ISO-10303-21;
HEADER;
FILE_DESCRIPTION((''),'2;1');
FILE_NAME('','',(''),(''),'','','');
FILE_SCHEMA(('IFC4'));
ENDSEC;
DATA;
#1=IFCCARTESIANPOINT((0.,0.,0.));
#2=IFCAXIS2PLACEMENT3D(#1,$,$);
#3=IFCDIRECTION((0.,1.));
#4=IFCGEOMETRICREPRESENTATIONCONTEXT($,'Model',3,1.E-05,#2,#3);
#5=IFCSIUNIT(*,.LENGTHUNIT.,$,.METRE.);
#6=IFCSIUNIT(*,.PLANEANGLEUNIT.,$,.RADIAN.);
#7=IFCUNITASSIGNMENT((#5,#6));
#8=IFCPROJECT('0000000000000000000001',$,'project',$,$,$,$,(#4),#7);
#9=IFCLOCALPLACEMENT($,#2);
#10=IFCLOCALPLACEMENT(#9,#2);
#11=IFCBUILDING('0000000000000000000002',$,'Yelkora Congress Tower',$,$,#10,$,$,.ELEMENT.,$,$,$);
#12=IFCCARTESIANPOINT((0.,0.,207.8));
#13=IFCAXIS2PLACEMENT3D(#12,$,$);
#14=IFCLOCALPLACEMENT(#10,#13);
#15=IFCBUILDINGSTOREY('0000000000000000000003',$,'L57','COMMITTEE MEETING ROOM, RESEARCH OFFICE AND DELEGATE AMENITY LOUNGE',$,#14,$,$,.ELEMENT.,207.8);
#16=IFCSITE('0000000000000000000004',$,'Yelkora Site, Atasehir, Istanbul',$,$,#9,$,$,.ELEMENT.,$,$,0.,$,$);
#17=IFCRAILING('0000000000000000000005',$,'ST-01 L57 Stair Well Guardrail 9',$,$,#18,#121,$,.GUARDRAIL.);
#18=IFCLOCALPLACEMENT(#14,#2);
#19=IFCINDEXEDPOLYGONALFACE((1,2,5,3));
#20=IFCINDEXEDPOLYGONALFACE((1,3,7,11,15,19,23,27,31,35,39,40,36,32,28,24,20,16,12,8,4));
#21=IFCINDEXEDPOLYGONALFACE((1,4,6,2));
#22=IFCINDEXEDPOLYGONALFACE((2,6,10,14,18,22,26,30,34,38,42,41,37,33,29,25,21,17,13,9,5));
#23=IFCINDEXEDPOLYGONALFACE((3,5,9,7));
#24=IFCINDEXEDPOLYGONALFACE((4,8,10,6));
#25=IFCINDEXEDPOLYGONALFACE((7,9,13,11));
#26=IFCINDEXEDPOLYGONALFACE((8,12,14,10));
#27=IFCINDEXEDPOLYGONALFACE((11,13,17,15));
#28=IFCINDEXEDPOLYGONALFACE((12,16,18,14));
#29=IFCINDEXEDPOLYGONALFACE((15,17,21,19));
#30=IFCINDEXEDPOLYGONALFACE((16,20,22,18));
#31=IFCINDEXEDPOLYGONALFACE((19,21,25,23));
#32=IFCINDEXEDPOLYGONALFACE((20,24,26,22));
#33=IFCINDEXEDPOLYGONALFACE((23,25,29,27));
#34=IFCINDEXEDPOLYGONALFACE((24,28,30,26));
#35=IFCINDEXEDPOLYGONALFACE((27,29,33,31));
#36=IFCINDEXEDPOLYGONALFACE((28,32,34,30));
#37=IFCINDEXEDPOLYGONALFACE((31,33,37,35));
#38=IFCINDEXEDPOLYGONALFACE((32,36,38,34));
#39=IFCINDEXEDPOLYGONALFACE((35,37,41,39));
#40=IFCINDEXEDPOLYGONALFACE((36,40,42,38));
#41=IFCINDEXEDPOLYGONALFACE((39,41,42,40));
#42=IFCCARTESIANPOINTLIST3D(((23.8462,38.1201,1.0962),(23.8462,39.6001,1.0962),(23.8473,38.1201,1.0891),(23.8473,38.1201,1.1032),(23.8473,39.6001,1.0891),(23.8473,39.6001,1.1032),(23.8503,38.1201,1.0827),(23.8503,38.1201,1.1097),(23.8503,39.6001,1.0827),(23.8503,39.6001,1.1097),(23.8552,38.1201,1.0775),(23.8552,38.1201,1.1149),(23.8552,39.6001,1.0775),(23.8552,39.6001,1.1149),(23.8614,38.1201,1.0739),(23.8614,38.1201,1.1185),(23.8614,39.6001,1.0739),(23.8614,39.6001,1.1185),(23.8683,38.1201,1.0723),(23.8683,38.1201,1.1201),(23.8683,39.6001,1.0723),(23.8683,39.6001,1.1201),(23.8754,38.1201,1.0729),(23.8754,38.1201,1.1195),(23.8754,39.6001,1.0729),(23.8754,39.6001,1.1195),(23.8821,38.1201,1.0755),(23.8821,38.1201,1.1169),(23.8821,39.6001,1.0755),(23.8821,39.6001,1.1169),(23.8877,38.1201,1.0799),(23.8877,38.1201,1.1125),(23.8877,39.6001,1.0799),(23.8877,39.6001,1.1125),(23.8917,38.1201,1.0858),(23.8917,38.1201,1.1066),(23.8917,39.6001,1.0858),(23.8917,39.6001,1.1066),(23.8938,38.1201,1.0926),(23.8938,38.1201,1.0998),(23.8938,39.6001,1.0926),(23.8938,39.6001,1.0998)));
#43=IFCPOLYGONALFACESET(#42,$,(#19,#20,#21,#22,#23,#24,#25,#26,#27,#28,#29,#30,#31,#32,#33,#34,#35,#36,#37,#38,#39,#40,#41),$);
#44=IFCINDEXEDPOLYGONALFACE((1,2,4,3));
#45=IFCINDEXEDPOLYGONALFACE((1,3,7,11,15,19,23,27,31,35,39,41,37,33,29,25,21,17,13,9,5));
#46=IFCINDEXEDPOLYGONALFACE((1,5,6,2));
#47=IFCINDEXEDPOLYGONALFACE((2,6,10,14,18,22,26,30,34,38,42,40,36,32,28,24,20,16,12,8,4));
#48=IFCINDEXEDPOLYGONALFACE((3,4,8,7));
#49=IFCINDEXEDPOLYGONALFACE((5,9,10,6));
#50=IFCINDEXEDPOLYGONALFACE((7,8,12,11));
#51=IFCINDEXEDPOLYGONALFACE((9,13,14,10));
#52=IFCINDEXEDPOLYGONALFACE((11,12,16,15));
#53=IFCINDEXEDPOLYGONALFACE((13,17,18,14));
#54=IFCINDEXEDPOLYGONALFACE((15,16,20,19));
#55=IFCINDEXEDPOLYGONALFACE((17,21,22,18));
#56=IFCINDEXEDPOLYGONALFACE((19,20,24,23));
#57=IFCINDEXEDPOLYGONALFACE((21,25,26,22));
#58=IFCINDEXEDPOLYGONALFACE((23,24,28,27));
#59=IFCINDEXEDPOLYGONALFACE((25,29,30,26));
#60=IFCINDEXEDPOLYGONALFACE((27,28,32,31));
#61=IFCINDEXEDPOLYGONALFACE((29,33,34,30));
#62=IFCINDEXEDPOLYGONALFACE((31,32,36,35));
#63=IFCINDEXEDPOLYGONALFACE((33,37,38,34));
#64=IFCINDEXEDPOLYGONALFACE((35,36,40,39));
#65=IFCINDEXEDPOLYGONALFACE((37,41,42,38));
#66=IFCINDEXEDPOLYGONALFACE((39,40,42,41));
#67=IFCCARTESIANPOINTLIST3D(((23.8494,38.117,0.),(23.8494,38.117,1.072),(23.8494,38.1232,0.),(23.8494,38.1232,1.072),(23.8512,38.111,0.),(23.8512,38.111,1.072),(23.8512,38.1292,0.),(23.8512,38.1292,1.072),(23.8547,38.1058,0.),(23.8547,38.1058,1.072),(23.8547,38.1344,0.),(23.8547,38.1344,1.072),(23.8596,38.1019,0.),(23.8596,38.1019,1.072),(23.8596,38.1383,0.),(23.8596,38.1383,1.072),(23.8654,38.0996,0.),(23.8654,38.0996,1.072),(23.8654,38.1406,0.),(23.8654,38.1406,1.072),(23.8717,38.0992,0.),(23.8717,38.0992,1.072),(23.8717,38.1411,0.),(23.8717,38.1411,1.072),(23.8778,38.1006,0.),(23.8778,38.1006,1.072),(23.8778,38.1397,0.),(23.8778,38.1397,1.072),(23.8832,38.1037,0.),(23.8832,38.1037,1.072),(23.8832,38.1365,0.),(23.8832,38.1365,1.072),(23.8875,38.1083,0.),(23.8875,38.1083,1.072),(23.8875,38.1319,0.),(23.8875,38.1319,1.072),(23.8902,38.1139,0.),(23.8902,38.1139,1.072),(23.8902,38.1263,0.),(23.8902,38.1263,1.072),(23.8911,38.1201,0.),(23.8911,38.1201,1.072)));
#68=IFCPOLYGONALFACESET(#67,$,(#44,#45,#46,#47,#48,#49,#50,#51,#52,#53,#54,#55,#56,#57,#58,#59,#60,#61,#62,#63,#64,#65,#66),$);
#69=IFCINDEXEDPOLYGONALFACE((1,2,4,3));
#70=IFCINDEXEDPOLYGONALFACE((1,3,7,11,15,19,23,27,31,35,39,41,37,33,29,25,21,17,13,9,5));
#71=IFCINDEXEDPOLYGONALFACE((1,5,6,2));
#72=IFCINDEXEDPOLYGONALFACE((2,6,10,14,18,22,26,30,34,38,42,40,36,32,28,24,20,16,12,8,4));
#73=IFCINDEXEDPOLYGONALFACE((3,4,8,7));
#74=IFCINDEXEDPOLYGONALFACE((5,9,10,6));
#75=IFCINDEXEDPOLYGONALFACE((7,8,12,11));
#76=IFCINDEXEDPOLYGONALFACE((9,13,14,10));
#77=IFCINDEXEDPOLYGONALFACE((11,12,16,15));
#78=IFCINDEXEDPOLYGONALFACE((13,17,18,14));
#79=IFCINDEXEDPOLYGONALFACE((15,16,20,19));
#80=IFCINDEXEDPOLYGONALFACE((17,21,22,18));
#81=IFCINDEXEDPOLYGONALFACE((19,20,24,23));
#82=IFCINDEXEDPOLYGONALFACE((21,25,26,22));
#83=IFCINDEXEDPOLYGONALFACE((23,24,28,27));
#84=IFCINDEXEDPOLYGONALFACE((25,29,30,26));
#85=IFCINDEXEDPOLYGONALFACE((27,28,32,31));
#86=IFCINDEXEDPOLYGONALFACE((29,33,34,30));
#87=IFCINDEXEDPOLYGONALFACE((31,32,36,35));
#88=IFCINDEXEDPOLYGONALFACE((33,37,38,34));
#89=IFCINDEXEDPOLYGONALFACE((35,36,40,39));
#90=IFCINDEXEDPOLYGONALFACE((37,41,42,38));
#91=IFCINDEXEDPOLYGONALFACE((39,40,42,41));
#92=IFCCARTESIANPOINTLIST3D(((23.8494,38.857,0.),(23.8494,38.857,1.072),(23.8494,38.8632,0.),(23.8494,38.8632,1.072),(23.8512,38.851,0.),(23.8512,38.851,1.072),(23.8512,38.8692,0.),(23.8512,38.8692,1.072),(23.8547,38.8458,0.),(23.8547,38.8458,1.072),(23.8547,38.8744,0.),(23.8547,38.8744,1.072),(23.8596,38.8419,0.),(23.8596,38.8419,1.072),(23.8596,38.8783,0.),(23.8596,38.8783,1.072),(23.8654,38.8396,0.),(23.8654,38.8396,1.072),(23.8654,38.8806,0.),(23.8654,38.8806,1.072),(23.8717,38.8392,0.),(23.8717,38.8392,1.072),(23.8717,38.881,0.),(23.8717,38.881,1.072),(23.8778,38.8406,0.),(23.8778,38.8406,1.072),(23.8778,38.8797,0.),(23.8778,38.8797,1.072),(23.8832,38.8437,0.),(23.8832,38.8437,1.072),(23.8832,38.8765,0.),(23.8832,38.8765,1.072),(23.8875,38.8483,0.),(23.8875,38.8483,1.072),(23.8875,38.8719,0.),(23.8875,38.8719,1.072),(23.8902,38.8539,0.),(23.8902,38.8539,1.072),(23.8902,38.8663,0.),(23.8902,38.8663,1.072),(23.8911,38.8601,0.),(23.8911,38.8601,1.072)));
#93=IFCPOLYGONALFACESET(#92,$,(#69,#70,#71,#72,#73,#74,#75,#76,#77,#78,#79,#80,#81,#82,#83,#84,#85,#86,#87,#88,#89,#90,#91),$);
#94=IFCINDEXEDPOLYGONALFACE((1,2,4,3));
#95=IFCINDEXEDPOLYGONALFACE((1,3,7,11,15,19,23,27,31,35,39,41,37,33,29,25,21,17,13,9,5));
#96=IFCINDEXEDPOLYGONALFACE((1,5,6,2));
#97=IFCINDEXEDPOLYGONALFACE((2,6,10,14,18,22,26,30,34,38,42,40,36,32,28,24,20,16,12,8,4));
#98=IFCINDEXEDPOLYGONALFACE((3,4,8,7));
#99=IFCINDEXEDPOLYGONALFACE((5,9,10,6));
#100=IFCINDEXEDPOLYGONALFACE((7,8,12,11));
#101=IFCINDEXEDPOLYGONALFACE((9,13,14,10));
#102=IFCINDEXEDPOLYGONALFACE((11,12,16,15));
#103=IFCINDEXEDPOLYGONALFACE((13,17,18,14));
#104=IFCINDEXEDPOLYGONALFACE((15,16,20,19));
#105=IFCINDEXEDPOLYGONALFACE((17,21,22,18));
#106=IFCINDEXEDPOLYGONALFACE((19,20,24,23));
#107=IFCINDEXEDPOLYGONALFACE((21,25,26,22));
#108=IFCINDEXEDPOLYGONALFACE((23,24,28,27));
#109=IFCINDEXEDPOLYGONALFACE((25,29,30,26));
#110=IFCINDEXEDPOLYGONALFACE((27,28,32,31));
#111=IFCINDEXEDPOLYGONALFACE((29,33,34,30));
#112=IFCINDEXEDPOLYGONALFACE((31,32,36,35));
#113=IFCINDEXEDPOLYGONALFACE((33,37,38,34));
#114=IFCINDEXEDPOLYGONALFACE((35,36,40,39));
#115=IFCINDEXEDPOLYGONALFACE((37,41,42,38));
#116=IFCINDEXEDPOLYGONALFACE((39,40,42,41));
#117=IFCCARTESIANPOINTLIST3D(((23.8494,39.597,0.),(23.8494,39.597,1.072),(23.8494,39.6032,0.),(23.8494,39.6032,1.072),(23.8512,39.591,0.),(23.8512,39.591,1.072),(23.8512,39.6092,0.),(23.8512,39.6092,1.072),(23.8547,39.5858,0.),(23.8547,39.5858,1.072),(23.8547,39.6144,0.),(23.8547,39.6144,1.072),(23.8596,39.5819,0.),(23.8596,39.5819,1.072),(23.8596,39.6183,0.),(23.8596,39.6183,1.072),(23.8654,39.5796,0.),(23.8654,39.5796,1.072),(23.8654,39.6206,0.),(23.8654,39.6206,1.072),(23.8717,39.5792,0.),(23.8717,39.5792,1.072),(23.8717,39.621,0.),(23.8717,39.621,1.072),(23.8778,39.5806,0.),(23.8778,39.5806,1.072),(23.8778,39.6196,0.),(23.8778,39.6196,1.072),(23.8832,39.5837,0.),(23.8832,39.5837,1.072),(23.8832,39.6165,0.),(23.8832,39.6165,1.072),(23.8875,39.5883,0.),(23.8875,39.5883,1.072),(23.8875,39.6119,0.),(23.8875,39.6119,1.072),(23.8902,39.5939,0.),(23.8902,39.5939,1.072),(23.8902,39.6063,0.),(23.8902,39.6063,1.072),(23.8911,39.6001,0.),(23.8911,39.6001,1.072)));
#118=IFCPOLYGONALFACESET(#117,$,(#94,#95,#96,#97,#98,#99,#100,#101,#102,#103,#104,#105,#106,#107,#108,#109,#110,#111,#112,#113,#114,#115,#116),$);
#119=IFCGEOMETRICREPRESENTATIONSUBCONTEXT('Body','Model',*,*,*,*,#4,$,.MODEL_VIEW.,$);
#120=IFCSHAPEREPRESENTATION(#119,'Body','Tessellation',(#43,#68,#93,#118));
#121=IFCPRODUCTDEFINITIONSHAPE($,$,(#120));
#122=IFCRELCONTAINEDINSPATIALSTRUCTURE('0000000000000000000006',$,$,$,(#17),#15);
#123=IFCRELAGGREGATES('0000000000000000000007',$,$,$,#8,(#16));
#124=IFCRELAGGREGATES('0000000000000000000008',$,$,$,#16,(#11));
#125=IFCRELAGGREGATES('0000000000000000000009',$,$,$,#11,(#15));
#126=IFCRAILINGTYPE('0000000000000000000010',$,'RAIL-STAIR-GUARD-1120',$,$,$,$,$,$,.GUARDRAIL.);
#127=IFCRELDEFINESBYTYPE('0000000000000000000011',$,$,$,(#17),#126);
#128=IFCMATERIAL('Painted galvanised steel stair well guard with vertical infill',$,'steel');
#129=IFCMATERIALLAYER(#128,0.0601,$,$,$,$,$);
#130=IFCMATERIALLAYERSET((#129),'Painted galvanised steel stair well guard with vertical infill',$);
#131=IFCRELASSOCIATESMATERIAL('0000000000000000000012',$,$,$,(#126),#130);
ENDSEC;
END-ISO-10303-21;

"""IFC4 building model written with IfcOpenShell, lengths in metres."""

from ifc_helpers import new_model, si_unit, direction, frame, origin, origin_2d, place, context, subcontext, project, spatial, circle, extrude, material, layer, layer_set, type_object, element, save


model = new_model("IFC4")

# Units and contexts
model_context = context("Model", 3, precision=1e-05, world=origin(), true_north=direction((0.0, 1.0)))
body_context = subcontext(model_context, "Body", "Model", "MODEL_VIEW")
ifc_project = project(units=[si_unit("LENGTHUNIT", "METRE"), si_unit("PLANEANGLEUNIT", "RADIAN")], contexts=[model_context])

# Site, building, storey
site_placement = place(None, origin())
site = spatial("IfcSite", under=ifc_project, at=site_placement, Name="Yelkora Site, Atasehir, Istanbul", CompositionType="ELEMENT", RefElevation=0.0)
building_placement = place(site_placement, origin())
building = spatial("IfcBuilding", under=site, at=building_placement, Name="Yelkora Congress Tower", CompositionType="ELEMENT")
storey_placement = place(building_placement, frame((0.0, 0.0, 207.8)))
storey = spatial("IfcBuildingStorey", under=building, at=storey_placement, Name="L57", Description="COMMITTEE MEETING ROOM, RESEARCH OFFICE AND DELEGATE AMENITY LOUNGE", CompositionType="ELEMENT", Elevation=207.8)

# Railing
ifc_material_1 = material(Name="Painted galvanised steel stair well guard with vertical infill", Category="steel")
ifc_layer_1 = layer(ifc_material_1, 0.0601)
ifc_layer_set_1 = layer_set([ifc_layer_1], Name="Painted galvanised steel stair well guard with vertical infill")
railing_type_1 = type_object("IfcRailingType", Name="RAIL-STAIR-GUARD-1120", PredefinedType="GUARDRAIL", material=ifc_layer_set_1)
railing_1_placement = place(storey_placement, frame((23.8701, 38.1201, 0.0)))
element("IfcRailing", 1, at=railing_1_placement, inside=storey, type_object=railing_type_1, Name="ST-01 L57 Stair Well Guardrail 9", PredefinedType="GUARDRAIL", context=body_context, shape_type="SweptSolid", body=[
    extrude(circle(Radius=0.0239, at=origin_2d()), frame((0.0, 0.0, 1.0962), z_axis=(0.0, 1.0, 0.0), x_axis=(-1.0, 0.0, 0.0)), (0.0, 0.0, 1.0), 1.48),
    extrude(circle(Radius=0.021, at=origin_2d()), origin(), (0.0, 0.0, 1.0), 1.072),
    extrude(circle(Radius=0.021, at=origin_2d()), frame((0.0, 0.74, 0.0)), (0.0, 0.0, 1.0), 1.072),
    extrude(circle(Radius=0.021, at=origin_2d()), frame((0.0, 1.48, 0.0)), (0.0, 0.0, 1.0), 1.072),
])

save(model, "model.ifc")
